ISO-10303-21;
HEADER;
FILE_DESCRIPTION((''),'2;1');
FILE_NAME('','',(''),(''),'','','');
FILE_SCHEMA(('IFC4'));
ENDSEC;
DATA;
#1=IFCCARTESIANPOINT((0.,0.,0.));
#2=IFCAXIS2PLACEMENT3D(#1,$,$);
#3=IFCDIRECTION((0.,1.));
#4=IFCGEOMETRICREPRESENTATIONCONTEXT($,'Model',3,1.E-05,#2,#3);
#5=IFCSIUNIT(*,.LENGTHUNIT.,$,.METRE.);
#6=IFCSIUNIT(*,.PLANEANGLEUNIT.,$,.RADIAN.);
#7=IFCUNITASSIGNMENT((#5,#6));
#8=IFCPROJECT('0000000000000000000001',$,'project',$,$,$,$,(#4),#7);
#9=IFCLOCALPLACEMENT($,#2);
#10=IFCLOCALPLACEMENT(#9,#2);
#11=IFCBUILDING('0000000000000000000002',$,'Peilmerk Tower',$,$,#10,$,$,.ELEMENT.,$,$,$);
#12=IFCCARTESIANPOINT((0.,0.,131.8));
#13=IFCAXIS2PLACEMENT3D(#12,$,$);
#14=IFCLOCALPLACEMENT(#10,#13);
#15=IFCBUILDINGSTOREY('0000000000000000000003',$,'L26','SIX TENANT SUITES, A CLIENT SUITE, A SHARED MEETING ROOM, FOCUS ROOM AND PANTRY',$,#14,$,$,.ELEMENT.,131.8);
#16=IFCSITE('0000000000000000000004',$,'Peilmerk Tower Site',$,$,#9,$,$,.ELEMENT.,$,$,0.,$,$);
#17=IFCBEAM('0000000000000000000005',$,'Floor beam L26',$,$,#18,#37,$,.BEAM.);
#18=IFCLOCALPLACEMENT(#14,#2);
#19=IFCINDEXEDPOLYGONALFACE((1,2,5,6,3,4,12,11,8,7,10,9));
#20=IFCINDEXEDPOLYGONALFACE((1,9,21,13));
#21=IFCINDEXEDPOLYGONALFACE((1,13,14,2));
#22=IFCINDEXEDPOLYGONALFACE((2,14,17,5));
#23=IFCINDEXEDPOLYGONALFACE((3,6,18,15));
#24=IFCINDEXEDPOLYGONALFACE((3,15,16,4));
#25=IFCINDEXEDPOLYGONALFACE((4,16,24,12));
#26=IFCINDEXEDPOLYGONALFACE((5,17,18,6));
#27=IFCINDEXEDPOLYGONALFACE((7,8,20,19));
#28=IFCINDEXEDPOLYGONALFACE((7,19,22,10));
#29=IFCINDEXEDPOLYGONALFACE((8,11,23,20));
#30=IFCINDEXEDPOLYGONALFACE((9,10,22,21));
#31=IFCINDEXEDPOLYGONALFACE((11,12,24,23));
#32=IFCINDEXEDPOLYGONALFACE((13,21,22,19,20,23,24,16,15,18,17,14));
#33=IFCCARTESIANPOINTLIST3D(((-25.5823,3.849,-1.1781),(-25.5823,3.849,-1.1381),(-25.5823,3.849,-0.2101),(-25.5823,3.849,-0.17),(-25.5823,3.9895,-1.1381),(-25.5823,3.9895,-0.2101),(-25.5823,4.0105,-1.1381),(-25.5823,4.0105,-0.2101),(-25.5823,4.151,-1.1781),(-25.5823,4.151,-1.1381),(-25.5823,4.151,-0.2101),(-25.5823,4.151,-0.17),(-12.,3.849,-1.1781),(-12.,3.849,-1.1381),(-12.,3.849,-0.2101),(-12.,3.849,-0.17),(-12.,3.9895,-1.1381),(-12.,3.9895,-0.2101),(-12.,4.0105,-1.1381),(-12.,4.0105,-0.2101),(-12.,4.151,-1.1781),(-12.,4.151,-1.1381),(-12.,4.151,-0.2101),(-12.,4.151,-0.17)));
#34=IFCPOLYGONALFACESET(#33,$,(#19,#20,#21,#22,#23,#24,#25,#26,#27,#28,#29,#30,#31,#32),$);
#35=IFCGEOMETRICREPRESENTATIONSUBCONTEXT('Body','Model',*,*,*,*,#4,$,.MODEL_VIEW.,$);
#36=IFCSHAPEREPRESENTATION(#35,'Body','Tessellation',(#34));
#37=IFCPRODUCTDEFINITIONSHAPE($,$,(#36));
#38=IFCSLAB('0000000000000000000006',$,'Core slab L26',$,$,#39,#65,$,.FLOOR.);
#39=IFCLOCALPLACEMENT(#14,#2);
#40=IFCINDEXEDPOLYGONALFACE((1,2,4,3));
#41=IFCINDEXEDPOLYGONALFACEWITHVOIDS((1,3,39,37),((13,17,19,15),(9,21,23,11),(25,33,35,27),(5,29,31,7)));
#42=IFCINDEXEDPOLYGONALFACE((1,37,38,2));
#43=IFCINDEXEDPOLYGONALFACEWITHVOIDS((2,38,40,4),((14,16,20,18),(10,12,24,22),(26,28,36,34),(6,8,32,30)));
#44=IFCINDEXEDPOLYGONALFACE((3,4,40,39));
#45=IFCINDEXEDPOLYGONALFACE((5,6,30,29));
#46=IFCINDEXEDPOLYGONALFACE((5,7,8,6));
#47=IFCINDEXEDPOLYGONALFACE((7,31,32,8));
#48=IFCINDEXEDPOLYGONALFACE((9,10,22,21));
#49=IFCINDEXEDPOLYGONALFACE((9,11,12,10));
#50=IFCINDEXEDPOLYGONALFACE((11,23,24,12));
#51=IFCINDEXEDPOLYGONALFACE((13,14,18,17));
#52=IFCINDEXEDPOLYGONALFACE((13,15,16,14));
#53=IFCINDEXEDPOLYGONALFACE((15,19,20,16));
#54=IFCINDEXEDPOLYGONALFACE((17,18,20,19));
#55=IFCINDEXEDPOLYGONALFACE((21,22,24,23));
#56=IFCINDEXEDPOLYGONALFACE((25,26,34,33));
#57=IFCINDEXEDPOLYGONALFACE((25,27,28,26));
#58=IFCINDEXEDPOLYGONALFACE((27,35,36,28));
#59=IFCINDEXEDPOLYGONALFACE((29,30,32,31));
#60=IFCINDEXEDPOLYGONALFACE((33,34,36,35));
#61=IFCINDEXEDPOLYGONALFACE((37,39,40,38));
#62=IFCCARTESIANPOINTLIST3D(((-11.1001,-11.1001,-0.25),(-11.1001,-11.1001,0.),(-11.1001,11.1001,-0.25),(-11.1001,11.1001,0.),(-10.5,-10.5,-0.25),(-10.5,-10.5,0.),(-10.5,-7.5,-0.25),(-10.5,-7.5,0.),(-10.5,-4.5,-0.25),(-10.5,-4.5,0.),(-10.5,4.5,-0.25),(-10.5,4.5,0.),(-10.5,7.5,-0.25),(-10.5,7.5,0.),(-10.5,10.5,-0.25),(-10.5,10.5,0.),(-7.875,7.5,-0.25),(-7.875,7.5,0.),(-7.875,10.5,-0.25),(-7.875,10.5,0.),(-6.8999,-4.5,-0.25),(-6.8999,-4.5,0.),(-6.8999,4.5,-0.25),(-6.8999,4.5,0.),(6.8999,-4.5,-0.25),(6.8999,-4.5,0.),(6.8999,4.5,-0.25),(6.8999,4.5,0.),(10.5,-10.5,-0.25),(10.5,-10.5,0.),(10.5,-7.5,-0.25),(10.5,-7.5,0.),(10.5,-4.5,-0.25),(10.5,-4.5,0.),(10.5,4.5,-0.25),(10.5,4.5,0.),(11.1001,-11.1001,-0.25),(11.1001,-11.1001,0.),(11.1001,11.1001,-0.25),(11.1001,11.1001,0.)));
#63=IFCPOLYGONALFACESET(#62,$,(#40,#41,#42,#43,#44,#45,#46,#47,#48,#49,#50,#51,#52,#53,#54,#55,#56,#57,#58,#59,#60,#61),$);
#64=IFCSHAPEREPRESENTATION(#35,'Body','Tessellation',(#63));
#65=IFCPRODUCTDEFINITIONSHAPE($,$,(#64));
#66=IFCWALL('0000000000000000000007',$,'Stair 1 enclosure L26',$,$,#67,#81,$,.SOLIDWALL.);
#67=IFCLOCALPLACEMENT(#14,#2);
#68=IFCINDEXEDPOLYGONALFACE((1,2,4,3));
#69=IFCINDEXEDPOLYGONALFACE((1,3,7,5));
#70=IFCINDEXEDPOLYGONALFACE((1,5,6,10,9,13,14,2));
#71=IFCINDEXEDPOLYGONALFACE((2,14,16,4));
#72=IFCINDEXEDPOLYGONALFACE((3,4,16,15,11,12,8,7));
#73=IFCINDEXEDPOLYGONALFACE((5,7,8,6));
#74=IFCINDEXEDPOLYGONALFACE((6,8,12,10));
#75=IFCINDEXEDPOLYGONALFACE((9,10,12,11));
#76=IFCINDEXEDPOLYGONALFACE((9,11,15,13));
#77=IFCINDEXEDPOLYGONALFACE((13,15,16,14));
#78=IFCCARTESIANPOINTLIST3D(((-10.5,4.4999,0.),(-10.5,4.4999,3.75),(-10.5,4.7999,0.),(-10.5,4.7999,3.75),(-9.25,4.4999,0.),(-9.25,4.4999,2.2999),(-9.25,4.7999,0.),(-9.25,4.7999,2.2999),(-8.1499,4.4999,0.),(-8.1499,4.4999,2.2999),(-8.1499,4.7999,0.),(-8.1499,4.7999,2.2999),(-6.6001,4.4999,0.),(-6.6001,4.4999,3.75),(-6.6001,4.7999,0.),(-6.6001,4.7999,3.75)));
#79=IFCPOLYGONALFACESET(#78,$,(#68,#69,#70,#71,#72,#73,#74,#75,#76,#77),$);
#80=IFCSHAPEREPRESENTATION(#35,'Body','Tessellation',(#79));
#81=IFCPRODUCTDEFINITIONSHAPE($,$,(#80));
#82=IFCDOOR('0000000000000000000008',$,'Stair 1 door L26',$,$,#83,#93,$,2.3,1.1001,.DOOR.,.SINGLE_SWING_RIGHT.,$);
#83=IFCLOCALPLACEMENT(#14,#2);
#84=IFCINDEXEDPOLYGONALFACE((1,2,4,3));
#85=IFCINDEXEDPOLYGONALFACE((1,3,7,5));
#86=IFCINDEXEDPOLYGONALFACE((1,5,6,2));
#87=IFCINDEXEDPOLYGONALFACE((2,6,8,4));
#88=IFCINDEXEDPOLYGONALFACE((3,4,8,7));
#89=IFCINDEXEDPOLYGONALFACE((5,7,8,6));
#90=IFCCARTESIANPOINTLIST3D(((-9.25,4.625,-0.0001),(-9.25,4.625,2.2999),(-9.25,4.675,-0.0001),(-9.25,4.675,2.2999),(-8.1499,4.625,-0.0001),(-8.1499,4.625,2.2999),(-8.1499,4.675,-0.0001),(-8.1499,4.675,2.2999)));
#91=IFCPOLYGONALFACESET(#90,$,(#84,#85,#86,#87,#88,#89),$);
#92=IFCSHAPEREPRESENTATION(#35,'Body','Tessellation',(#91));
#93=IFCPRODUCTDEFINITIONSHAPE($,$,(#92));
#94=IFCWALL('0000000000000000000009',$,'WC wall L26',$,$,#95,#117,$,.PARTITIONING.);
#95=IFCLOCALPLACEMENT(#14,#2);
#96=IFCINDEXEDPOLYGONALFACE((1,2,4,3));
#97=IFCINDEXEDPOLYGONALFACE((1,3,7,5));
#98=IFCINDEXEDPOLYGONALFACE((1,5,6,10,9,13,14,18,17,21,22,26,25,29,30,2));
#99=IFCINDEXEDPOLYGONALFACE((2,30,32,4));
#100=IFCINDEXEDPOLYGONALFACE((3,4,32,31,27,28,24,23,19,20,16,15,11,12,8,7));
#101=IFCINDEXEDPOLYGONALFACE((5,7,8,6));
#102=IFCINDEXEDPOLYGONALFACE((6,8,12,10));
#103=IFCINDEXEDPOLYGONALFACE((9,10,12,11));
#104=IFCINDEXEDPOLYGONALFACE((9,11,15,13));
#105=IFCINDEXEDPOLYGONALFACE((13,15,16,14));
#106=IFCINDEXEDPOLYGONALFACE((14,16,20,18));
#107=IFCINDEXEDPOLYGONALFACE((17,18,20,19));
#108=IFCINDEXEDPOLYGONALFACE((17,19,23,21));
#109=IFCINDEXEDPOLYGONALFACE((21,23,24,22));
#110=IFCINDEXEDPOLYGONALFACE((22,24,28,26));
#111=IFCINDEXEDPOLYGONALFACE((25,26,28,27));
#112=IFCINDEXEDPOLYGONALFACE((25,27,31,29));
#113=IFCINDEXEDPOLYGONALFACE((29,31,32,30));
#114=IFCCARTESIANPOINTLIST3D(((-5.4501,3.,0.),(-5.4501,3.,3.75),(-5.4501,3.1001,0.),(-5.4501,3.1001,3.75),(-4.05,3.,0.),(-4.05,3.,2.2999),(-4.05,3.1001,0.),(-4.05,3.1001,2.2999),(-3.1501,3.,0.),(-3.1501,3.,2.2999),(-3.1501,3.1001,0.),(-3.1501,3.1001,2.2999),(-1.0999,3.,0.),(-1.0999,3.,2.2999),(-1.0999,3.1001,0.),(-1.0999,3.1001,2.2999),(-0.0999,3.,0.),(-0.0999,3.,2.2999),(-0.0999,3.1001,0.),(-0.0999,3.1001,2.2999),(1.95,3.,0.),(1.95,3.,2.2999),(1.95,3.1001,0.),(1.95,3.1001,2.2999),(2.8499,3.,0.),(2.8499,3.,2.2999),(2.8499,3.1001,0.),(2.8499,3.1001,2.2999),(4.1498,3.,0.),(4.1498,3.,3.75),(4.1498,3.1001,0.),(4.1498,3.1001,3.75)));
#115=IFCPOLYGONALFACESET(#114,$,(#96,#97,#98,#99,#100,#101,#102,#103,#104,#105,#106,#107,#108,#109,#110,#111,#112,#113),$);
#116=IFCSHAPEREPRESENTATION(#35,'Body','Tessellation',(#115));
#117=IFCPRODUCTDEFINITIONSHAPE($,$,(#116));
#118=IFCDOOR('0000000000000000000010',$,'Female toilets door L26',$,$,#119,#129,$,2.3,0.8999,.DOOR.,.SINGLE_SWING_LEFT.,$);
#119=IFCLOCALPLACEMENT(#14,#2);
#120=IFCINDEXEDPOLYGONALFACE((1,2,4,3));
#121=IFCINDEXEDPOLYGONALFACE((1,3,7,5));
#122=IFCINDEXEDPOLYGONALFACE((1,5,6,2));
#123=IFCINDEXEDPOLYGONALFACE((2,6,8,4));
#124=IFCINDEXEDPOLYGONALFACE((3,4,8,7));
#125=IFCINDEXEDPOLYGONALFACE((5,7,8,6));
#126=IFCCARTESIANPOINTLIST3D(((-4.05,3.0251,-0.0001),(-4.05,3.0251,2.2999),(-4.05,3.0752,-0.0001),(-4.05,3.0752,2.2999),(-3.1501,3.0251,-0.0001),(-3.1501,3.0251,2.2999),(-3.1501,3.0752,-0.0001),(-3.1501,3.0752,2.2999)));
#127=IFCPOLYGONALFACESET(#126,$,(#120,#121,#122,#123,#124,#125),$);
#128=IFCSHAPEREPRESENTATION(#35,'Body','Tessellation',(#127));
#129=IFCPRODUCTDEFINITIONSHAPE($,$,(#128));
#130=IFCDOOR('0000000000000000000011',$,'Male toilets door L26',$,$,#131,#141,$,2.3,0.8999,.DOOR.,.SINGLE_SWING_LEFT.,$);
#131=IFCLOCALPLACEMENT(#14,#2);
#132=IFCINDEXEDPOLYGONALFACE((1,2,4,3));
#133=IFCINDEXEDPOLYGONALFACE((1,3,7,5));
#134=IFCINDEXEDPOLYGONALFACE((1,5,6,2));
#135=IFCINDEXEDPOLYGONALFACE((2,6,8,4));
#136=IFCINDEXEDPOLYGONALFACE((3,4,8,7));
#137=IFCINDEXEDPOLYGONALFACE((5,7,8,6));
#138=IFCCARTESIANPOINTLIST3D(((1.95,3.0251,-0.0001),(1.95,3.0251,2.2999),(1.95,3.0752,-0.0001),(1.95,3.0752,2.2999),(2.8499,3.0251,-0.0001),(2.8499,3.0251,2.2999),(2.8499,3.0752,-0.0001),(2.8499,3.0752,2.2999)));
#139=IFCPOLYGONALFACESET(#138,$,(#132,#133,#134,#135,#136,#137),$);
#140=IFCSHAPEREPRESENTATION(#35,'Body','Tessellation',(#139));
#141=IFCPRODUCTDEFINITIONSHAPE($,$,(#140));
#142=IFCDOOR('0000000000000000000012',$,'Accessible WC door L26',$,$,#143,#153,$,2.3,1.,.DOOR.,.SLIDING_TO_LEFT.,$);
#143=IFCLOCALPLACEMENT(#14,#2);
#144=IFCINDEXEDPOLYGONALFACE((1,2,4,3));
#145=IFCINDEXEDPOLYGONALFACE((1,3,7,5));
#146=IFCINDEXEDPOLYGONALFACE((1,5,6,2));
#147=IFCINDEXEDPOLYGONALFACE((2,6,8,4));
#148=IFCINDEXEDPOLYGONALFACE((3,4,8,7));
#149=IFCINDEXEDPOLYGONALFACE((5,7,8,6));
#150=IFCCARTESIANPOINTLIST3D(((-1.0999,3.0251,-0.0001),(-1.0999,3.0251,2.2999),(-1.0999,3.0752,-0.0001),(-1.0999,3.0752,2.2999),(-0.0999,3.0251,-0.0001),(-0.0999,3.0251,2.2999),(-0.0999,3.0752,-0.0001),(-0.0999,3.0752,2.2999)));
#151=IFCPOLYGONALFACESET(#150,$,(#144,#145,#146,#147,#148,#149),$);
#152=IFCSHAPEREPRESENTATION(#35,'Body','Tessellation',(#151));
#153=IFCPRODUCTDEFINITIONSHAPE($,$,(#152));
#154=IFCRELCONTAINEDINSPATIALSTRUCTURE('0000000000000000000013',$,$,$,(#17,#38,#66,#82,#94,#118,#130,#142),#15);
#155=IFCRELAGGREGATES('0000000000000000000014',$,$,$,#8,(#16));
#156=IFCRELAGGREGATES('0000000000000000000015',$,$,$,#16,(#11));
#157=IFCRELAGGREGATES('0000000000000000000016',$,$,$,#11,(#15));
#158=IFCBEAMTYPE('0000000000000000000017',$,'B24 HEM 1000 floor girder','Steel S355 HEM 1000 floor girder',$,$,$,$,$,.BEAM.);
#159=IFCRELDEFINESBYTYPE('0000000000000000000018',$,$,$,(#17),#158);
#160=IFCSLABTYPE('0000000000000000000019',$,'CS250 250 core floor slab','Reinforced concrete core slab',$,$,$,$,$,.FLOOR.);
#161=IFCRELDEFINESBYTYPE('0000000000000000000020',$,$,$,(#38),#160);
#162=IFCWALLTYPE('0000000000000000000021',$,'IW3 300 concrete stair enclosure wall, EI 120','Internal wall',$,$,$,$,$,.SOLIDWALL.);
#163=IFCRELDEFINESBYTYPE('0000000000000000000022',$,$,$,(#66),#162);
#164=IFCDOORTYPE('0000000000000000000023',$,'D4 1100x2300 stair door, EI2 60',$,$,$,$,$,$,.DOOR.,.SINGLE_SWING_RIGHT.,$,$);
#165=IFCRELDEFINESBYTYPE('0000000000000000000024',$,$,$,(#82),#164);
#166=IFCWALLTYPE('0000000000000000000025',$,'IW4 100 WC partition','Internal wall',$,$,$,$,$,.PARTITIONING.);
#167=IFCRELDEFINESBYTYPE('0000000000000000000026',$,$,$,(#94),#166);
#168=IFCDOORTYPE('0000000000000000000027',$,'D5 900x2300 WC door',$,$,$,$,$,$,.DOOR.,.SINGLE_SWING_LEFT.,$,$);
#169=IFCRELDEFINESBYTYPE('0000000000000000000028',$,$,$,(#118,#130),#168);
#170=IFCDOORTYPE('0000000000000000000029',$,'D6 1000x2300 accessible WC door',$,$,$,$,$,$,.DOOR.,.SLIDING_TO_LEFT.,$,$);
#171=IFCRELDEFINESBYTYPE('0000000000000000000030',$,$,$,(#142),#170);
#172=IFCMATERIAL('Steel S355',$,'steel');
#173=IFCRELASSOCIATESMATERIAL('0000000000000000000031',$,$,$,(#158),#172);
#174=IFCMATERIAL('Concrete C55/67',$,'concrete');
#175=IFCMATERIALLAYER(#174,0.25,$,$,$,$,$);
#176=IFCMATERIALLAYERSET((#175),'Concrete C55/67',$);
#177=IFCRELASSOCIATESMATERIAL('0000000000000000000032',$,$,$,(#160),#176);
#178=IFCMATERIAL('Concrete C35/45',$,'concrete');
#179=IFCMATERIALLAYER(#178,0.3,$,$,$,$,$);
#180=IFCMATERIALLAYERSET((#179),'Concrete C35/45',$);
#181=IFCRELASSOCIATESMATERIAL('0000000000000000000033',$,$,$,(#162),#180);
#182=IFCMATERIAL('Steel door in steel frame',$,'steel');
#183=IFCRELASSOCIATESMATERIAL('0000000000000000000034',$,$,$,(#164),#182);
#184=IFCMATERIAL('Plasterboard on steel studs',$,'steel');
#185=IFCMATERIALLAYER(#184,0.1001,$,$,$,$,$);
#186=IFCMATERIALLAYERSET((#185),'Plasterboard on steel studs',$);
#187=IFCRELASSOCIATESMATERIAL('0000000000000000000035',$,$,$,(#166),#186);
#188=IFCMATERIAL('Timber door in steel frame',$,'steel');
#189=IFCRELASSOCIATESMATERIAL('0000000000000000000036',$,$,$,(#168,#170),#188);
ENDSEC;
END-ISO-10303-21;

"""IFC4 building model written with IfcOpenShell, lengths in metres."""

from ifc_helpers import new_model, si_unit, direction, frame, frame_2d, origin, origin_2d, place, context, subcontext, project, spatial, polyline, rectangle, i_section, outline, extrude, material, layer, layer_set, material_profile, profile_set, type_object, element, fill, save


model = new_model("IFC4")

# Units and contexts
model_context = context("Model", 3, precision=1e-05, world=origin(), true_north=direction((0.0, 1.0)))
body_context = subcontext(model_context, "Body", "Model", "MODEL_VIEW")
ifc_project = project(units=[si_unit("LENGTHUNIT", "METRE"), si_unit("PLANEANGLEUNIT", "RADIAN")], contexts=[model_context])

# Site, building, storey
site_placement = place(None, origin())
site = spatial("IfcSite", under=ifc_project, at=site_placement, Name="Peilmerk Tower Site", CompositionType="ELEMENT", RefElevation=0.0)
building_placement = place(site_placement, origin())
building = spatial("IfcBuilding", under=site, at=building_placement, Name="Peilmerk Tower", CompositionType="ELEMENT")
storey_placement = place(building_placement, frame((0.0, 0.0, 131.8)))
storey = spatial("IfcBuildingStorey", under=building, at=storey_placement, Name="L26", Description="SIX TENANT SUITES, A CLIENT SUITE, A SHARED MEETING ROOM, FOCUS ROOM AND PANTRY", CompositionType="ELEMENT", Elevation=131.8)

# Beam
ifc_material_1 = material(Name="Steel S355", Category="steel")
ifc_material_profile = material_profile(ifc_material_1, i_section(OverallWidth=0.302, OverallDepth=1.0081, WebThickness=0.021, FlangeThickness=0.04, at=origin_2d()), Name="HEM 1000")
ifc_profile_set = profile_set([ifc_material_profile], Name="Steel S355")
beam_type = type_object("IfcBeamType", Name="B24 HEM 1000 floor girder", Description="Steel S355 HEM 1000 floor girder", PredefinedType="BEAM", material=ifc_profile_set)
beam_placement = place(storey_placement, frame((-12.0, 4.0, -0.6741), z_axis=(-1.0, 0.0, 0.0), x_axis=(0.0, -1.0, 0.0)))
element("IfcBeam", 1, at=beam_placement, inside=storey, type_object=beam_type, Name="Floor beam L26", PredefinedType="BEAM", context=body_context, shape_type="SweptSolid", body=[
    extrude(i_section(OverallWidth=0.302, OverallDepth=1.0081, WebThickness=0.021, FlangeThickness=0.04, at=origin_2d()), origin(), (0.0, 0.0, 1.0), 13.5823),
])

# Slab
ifc_material_2 = material(Name="Concrete C55/67", Category="concrete")
ifc_layer_1 = layer(ifc_material_2, 0.25)
ifc_layer_set_1 = layer_set([ifc_layer_1], Name="Concrete C55/67")
slab_type = type_object("IfcSlabType", Name="CS250 250 core floor slab", Description="Reinforced concrete core slab", PredefinedType="FLOOR", material=ifc_layer_set_1)
slab_placement = place(storey_placement, frame((0.0, 0.0, -0.25)))
element("IfcSlab", 2, at=slab_placement, inside=storey, type_object=slab_type, Name="Core slab L26", PredefinedType="FLOOR", context=body_context, shape_type="SweptSolid", body=[
    extrude(outline(polyline([(11.1001, 11.1001), (-11.1001, 11.1001), (-11.1001, -11.1001), (11.1001, -11.1001), (11.1001, 11.1001)]), holes=[polyline([(-10.5, 7.5), (-10.5, 10.5), (-7.875, 10.5), (-7.875, 7.5), (-10.5, 7.5)]), polyline([(-10.5, -10.5), (-10.5, -7.5), (10.5, -7.5), (10.5, -10.5), (-10.5, -10.5)]), polyline([(-10.5, 4.5), (-6.8999, 4.5), (-6.8999, -4.5), (-10.5, -4.5), (-10.5, 4.5)]), polyline([(10.5, 4.5), (10.5, -4.5), (6.8999, -4.5), (6.8999, 4.5), (10.5, 4.5)])]), origin(), (0.0, 0.0, 1.0), 0.25),
])

# Wall, opening, door
ifc_material_3 = material(Name="Concrete C35/45", Category="concrete")
ifc_layer_2 = layer(ifc_material_3, 0.3)
ifc_layer_set_2 = layer_set([ifc_layer_2], Name="Concrete C35/45")
wall_type_1 = type_object("IfcWallType", Name="IW3 300 concrete stair enclosure wall, EI 120", Description="Internal wall", PredefinedType="SOLIDWALL", material=ifc_layer_set_2)
wall_1_placement = place(storey_placement, frame((-10.5, 4.6499, 0.0), z_axis=(0.0, 0.0, 1.0), x_axis=(1.0, 0.0, 0.0)))
wall_1 = element("IfcWall", 3, at=wall_1_placement, inside=storey, type_object=wall_type_1, Name="Stair 1 enclosure L26", PredefinedType="SOLIDWALL", context=body_context, shape_type="SweptSolid", body=[
    extrude(rectangle(XDim=3.8999, YDim=0.3, at=frame_2d((1.95, 0.0))), origin(), (0.0, 0.0, 1.0), 3.75),
])
opening_1_placement = place(wall_1_placement, frame((1.25, 0.0, 0.0)))
opening_1 = element("IfcOpeningElement", 4, at=opening_1_placement, cuts=wall_1, PredefinedType="OPENING", context=body_context, shape_type="SweptSolid", body=[
    extrude(rectangle(XDim=1.1001, YDim=2.3, at=frame_2d((0.55, 1.1499))), frame((0.0, 0.1599, 0.0), z_axis=(0.0, -1.0, 0.0), x_axis=(1.0, 0.0, 0.0)), (0.0, 0.0, 1.0), 0.3201),
])
ifc_material_4 = material(Name="Steel door in steel frame", Category="steel")
door_type_1 = type_object("IfcDoorType", Name="D4 1100x2300 stair door, EI2 60", OperationType="SINGLE_SWING_RIGHT", PredefinedType="DOOR", material=ifc_material_4)
door_1_placement = place(opening_1_placement, frame((1.1001, 0.0, 0.0), z_axis=(0.0, 0.0, 1.0), x_axis=(-1.0, 0.0, 0.0)))
door_1 = element("IfcDoor", 5, at=door_1_placement, inside=storey, type_object=door_type_1, Name="Stair 1 door L26", OperationType="SINGLE_SWING_RIGHT", OverallHeight=2.3, OverallWidth=1.1001, PredefinedType="DOOR", context=body_context, shape_type="SweptSolid", body=[
    extrude(rectangle(XDim=1.1001, YDim=2.3, at=frame_2d((0.55, 1.1499))), frame((0.0, 0.0249, 0.0), z_axis=(0.0, -1.0, 0.0), x_axis=(1.0, 0.0, 0.0)), (0.0, 0.0, 1.0), 0.05),
])
fill(opening_1, door_1)

# Wall, openings, doors
ifc_material_5 = material(Name="Plasterboard on steel studs", Category="steel")
ifc_layer_3 = layer(ifc_material_5, 0.1001)
ifc_layer_set_3 = layer_set([ifc_layer_3], Name="Plasterboard on steel studs")
wall_type_2 = type_object("IfcWallType", Name="IW4 100 WC partition", Description="Internal wall", PredefinedType="PARTITIONING", material=ifc_layer_set_3)
wall_2_placement = place(storey_placement, frame((-5.45, 3.05, 0.0), z_axis=(0.0, 0.0, 1.0), x_axis=(1.0, 0.0, 0.0)))
wall_2 = element("IfcWall", 6, at=wall_2_placement, inside=storey, type_object=wall_type_2, Name="WC wall L26", PredefinedType="PARTITIONING", context=body_context, shape_type="SweptSolid", body=[
    extrude(rectangle(XDim=9.5999, YDim=0.1001, at=frame_2d((4.7998, 0.0))), origin(), (0.0, 0.0, 1.0), 3.75),
])
opening_2_placement = place(wall_2_placement, frame((1.3999, 0.0, 0.0)))
opening_2 = element("IfcOpeningElement", 7, at=opening_2_placement, cuts=wall_2, PredefinedType="OPENING", context=body_context, shape_type="SweptSolid", body=[
    extrude(rectangle(XDim=0.8999, YDim=2.3, at=frame_2d((0.45, 1.1499))), frame((0.0, 0.0601, 0.0), z_axis=(0.0, -1.0, 0.0), x_axis=(1.0, 0.0, 0.0)), (0.0, 0.0, 1.0), 0.1201),
])
opening_3_placement = place(wall_2_placement, frame((4.3501, 0.0, 0.0)))
opening_3 = element("IfcOpeningElement", 8, at=opening_3_placement, cuts=wall_2, PredefinedType="OPENING", context=body_context, shape_type="SweptSolid", body=[
    extrude(rectangle(XDim=1.0, YDim=2.3, at=frame_2d((0.5, 1.1499))), frame((0.0, 0.0601, 0.0), z_axis=(0.0, -1.0, 0.0), x_axis=(1.0, 0.0, 0.0)), (0.0, 0.0, 1.0), 0.1201),
])
opening_4_placement = place(wall_2_placement, frame((7.3999, 0.0, 0.0)))
opening_4 = element("IfcOpeningElement", 9, at=opening_4_placement, cuts=wall_2, PredefinedType="OPENING", context=body_context, shape_type="SweptSolid", body=[
    extrude(rectangle(XDim=0.8999, YDim=2.3, at=frame_2d((0.45, 1.1499))), frame((0.0, 0.0601, 0.0), z_axis=(0.0, -1.0, 0.0), x_axis=(1.0, 0.0, 0.0)), (0.0, 0.0, 1.0), 0.1201),
])
ifc_material_6 = material(Name="Timber door in steel frame", Category="steel")
door_type_2 = type_object("IfcDoorType", Name="D5 900x2300 WC door", OperationType="SINGLE_SWING_LEFT", PredefinedType="DOOR", material=ifc_material_6)
door_2_placement = place(opening_2_placement, frame((0.8999, 0.0, 0.0), z_axis=(0.0, 0.0, 1.0), x_axis=(-1.0, 0.0, 0.0)))
door_2 = element("IfcDoor", 10, at=door_2_placement, inside=storey, type_object=door_type_2, Name="Female toilets door L26", OperationType="SINGLE_SWING_LEFT", OverallHeight=2.3, OverallWidth=0.8999, PredefinedType="DOOR", context=body_context, shape_type="SweptSolid", body=[
    extrude(rectangle(XDim=0.8999, YDim=2.3, at=frame_2d((0.45, 1.1499))), frame((0.0, 0.0249, 0.0), z_axis=(0.0, -1.0, 0.0), x_axis=(1.0, 0.0, 0.0)), (0.0, 0.0, 1.0), 0.05),
])
fill(opening_2, door_2)
door_3_placement = place(opening_4_placement, frame((0.8999, 0.0, 0.0), z_axis=(0.0, 0.0, 1.0), x_axis=(-1.0, 0.0, 0.0)))
door_3 = element("IfcDoor", 11, at=door_3_placement, inside=storey, type_object=door_type_2, Name="Male toilets door L26", OperationType="SINGLE_SWING_LEFT", OverallHeight=2.3, OverallWidth=0.8999, PredefinedType="DOOR", context=body_context, shape_type="SweptSolid", body=[
    extrude(rectangle(XDim=0.8999, YDim=2.3, at=frame_2d((0.45, 1.1499))), frame((0.0, 0.0249, 0.0), z_axis=(0.0, -1.0, 0.0), x_axis=(1.0, 0.0, 0.0)), (0.0, 0.0, 1.0), 0.05),
])
fill(opening_4, door_3)
door_type_3 = type_object("IfcDoorType", Name="D6 1000x2300 accessible WC door", OperationType="SLIDING_TO_LEFT", PredefinedType="DOOR", material=ifc_material_6)
door_4_placement = place(opening_3_placement, frame((1.0, 0.0, 0.0), z_axis=(0.0, 0.0, 1.0), x_axis=(-1.0, 0.0, 0.0)))
door_4 = element("IfcDoor", 12, at=door_4_placement, inside=storey, type_object=door_type_3, Name="Accessible WC door L26", OperationType="SLIDING_TO_LEFT", OverallHeight=2.3, OverallWidth=1.0, PredefinedType="DOOR", context=body_context, shape_type="SweptSolid", body=[
    extrude(rectangle(XDim=1.0, YDim=2.3, at=frame_2d((0.5, 1.1499))), frame((0.0, 0.0249, 0.0), z_axis=(0.0, -1.0, 0.0), x_axis=(1.0, 0.0, 0.0)), (0.0, 0.0, 1.0), 0.05),
])
fill(opening_3, door_4)

save(model, "model.ifc")
